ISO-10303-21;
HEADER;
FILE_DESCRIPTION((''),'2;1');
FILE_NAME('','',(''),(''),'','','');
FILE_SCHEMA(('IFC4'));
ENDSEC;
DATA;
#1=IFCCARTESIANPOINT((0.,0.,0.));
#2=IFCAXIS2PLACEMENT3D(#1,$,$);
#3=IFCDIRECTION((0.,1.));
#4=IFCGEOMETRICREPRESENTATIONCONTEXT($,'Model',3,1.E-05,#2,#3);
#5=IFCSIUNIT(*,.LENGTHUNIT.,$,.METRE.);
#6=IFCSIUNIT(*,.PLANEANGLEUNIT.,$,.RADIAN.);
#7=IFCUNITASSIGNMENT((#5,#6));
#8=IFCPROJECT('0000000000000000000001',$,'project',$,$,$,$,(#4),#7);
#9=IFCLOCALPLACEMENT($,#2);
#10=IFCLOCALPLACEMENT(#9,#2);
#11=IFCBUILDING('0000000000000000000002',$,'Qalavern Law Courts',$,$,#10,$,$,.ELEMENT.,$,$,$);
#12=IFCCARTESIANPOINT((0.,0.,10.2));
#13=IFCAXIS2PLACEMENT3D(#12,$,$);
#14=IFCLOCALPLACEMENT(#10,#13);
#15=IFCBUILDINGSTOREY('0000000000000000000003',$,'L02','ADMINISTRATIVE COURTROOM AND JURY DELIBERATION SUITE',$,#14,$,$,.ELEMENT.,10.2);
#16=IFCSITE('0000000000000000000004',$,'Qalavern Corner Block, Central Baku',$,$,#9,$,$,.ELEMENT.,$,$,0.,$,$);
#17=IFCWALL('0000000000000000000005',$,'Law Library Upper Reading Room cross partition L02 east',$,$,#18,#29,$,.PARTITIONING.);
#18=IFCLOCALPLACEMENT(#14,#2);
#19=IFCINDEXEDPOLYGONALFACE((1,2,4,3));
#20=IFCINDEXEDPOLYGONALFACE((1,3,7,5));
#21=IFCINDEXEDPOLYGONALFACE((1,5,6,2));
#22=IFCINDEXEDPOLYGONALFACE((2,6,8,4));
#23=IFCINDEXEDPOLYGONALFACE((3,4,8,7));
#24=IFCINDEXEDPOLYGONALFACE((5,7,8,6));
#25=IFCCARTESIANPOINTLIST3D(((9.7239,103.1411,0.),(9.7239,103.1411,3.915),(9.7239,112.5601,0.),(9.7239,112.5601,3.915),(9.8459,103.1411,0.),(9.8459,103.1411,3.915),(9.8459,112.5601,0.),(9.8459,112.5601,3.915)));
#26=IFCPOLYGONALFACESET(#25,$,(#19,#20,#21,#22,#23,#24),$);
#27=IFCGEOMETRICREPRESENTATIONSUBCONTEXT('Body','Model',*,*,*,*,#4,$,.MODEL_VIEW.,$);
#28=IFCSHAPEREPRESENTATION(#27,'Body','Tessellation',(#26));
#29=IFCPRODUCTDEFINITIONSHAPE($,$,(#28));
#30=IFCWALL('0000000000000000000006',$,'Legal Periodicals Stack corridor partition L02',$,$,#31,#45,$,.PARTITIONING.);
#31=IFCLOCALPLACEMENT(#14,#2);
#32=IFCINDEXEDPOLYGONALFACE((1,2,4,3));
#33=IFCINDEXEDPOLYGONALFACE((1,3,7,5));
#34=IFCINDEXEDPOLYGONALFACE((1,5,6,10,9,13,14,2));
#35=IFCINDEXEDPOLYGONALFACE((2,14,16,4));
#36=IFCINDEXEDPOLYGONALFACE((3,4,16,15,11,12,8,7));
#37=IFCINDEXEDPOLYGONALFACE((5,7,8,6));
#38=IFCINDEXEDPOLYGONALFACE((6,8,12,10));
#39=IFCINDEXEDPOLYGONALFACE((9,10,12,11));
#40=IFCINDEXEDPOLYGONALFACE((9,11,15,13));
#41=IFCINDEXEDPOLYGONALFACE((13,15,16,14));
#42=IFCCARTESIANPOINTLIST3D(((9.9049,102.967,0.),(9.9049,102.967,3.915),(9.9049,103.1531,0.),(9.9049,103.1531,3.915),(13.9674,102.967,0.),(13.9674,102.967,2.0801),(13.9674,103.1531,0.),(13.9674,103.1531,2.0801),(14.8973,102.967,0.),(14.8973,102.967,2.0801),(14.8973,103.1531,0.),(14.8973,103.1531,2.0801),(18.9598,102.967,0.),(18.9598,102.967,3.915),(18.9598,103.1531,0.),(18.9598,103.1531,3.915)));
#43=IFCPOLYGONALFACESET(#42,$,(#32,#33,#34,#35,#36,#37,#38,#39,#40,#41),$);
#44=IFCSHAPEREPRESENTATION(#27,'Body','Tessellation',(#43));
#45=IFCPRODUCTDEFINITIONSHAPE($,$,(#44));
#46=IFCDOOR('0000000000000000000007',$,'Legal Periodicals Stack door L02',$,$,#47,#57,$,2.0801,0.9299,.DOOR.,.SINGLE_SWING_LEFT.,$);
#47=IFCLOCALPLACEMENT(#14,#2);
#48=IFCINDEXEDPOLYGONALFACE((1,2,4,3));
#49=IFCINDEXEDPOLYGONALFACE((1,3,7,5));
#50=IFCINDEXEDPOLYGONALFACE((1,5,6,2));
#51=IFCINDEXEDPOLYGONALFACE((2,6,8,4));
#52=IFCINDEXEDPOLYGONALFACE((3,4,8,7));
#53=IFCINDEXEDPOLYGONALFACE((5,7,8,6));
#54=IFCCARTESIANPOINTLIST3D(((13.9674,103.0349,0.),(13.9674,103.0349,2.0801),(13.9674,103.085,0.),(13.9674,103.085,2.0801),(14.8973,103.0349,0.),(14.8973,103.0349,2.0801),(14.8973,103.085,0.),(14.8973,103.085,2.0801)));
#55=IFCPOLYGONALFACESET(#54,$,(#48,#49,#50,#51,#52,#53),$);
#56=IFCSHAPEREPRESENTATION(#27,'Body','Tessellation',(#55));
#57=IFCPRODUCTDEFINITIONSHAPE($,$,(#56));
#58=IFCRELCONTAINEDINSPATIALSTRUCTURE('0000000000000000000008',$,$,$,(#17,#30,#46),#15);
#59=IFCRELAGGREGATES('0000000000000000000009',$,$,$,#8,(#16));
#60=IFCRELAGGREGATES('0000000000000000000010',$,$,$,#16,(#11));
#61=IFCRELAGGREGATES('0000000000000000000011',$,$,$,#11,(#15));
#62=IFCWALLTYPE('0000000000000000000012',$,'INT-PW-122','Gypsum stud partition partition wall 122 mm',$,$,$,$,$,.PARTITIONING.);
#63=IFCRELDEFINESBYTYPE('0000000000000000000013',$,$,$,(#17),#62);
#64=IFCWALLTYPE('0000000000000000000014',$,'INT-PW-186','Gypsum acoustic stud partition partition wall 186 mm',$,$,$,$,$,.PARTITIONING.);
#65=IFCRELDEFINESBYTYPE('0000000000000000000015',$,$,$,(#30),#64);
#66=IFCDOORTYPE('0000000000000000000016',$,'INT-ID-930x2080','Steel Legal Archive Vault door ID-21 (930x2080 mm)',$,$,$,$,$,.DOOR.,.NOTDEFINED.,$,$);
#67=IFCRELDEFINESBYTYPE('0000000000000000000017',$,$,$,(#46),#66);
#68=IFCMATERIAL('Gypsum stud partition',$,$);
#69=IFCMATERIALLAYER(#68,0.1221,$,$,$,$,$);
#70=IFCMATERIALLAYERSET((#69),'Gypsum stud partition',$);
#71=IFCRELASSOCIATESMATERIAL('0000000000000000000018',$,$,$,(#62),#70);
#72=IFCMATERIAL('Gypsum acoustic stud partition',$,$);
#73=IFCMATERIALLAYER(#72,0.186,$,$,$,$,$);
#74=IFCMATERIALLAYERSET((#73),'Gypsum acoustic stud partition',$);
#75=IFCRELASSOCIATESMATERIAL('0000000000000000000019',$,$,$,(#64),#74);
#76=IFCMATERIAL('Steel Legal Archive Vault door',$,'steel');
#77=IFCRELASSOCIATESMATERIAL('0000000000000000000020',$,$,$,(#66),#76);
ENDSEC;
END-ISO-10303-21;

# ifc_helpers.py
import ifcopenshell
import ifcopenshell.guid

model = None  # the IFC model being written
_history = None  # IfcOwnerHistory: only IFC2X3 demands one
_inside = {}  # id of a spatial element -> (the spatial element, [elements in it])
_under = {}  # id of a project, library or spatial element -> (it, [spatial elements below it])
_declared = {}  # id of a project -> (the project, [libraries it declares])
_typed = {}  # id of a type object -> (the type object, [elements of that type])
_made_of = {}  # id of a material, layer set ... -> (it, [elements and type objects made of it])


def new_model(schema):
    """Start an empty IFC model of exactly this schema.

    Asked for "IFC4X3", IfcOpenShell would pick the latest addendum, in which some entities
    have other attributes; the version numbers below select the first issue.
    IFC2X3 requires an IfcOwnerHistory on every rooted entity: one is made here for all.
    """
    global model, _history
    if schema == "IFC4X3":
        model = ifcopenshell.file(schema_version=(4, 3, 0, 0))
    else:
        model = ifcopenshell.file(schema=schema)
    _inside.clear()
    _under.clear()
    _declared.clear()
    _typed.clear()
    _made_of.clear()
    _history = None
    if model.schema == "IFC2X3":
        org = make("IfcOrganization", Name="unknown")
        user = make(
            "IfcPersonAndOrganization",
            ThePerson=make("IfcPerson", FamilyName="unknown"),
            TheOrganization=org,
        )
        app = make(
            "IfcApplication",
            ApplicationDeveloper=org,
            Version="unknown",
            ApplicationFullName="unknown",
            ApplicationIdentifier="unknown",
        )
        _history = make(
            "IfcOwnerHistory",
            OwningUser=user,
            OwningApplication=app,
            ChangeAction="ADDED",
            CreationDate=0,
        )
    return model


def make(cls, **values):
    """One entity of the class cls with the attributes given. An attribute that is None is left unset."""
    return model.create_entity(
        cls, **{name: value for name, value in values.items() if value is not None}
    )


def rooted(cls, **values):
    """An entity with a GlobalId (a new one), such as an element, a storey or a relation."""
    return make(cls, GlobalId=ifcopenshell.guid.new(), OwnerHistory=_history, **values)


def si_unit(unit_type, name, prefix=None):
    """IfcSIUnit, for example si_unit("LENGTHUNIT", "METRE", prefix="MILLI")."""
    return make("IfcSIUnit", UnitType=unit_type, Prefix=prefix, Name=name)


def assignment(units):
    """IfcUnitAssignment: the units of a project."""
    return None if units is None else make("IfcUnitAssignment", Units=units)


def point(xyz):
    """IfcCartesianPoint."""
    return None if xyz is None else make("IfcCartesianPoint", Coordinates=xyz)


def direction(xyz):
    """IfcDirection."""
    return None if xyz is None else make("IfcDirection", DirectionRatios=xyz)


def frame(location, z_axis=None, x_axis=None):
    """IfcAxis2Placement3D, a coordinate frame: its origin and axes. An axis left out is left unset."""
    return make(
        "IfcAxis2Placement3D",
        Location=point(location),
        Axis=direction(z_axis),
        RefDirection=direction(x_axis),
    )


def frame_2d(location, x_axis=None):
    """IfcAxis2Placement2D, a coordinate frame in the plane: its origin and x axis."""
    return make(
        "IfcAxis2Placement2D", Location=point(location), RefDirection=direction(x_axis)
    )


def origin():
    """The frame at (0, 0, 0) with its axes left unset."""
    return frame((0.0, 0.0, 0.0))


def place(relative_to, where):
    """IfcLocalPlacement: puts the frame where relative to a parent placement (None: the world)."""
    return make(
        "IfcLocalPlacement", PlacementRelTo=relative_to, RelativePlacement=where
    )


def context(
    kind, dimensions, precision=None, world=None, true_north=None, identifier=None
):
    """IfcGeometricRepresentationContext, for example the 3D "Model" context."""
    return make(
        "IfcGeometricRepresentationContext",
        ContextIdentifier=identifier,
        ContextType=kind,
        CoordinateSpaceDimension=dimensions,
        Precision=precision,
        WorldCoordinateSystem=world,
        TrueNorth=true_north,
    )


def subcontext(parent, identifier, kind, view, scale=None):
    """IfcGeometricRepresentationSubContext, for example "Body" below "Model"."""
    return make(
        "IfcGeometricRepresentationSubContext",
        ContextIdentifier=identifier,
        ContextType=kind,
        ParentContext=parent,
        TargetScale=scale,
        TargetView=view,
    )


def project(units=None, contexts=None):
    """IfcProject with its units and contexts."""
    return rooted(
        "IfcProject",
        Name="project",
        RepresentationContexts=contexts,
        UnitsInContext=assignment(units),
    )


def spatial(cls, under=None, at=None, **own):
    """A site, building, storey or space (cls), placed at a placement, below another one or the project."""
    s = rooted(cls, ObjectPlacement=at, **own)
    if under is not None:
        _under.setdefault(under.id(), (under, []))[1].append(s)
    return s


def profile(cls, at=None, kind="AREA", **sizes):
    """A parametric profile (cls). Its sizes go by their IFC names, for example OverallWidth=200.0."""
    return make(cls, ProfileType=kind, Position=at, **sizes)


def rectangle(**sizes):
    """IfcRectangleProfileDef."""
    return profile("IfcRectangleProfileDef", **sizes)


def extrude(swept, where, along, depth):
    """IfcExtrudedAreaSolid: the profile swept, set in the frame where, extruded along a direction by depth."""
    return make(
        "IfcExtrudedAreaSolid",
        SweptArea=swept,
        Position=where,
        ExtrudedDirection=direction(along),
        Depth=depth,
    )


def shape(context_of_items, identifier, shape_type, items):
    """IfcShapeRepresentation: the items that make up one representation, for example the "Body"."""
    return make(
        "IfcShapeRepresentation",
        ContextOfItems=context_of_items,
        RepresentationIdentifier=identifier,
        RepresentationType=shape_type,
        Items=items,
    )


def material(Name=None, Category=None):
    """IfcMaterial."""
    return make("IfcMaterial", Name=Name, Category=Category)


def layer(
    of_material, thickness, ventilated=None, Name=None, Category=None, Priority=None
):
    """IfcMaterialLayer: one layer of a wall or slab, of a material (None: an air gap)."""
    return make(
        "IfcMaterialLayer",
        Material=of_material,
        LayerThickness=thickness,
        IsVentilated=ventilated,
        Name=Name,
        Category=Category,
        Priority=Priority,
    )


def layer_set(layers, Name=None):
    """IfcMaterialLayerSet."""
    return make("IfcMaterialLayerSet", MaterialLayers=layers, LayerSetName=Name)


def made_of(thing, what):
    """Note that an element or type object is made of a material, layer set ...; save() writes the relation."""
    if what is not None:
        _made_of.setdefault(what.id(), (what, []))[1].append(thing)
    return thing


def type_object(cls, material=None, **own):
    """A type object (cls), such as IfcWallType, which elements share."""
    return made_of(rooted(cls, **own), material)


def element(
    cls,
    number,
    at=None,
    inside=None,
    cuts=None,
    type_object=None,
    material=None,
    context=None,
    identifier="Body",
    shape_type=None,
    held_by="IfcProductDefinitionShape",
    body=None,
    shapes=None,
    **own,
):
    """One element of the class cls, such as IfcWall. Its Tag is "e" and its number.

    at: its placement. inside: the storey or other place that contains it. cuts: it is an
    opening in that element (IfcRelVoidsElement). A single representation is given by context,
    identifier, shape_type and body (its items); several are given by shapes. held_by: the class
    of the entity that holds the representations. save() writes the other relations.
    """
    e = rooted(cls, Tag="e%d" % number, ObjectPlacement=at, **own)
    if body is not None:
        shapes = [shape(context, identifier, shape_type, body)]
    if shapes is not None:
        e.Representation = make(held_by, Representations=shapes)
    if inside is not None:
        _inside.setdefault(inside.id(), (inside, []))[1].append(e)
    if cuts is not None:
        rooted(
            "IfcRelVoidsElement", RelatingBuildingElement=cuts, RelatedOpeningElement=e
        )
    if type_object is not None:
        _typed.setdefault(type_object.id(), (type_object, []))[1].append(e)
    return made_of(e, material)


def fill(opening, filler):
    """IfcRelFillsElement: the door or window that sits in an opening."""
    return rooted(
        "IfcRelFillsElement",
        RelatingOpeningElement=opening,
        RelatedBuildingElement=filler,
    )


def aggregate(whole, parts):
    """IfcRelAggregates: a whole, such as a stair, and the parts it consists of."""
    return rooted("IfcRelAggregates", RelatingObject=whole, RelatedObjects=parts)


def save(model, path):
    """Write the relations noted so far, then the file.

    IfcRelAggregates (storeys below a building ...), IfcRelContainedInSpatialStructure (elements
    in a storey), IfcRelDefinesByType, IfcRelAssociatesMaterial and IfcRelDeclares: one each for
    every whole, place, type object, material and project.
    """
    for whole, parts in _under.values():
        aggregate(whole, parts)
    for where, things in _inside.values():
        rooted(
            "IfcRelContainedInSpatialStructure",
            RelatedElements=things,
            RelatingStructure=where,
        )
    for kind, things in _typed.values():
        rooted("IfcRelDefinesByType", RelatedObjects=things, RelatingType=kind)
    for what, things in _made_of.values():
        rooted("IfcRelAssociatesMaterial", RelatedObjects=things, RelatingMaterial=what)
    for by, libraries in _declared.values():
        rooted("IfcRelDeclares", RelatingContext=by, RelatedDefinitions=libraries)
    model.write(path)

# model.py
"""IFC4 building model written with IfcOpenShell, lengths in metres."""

from ifc_helpers import new_model, si_unit, direction, frame, frame_2d, origin, place, context, subcontext, project, spatial, rectangle, extrude, material, layer, layer_set, type_object, element, fill, save


model = new_model("IFC4")

# Units and contexts
model_context = context("Model", 3, precision=1e-05, world=origin(), true_north=direction((0.0, 1.0)))
body_context = subcontext(model_context, "Body", "Model", "MODEL_VIEW")
ifc_project = project(units=[si_unit("LENGTHUNIT", "METRE"), si_unit("PLANEANGLEUNIT", "RADIAN")], contexts=[model_context])

# Site, building, storey
site_placement = place(None, origin())
site = spatial("IfcSite", under=ifc_project, at=site_placement, Name="Qalavern Corner Block, Central Baku", CompositionType="ELEMENT", RefElevation=0.0)
building_placement = place(site_placement, origin())
building = spatial("IfcBuilding", under=site, at=building_placement, Name="Qalavern Law Courts", CompositionType="ELEMENT")
storey_placement = place(building_placement, frame((0.0, 0.0, 10.2)))
storey = spatial("IfcBuildingStorey", under=building, at=storey_placement, Name="L02", Description="ADMINISTRATIVE COURTROOM AND JURY DELIBERATION SUITE", CompositionType="ELEMENT", Elevation=10.2)

# Wall
ifc_material_1 = material(Name="Gypsum stud partition")
ifc_layer_1 = layer(ifc_material_1, 0.1221)
ifc_layer_set_1 = layer_set([ifc_layer_1], Name="Gypsum stud partition")
wall_type_1 = type_object("IfcWallType", Name="INT-PW-122", Description="Gypsum stud partition partition wall 122 mm", PredefinedType="PARTITIONING", material=ifc_layer_set_1)
wall_1_placement = place(storey_placement, frame((9.7849, 103.1411, 0.0), z_axis=(0.0, 0.0, 1.0), x_axis=(0.0, 1.0, 0.0)))
element("IfcWall", 1, at=wall_1_placement, inside=storey, type_object=wall_type_1, Name="Law Library Upper Reading Room cross partition L02 east", PredefinedType="PARTITIONING", context=body_context, shape_type="SweptSolid", body=[
    extrude(rectangle(XDim=9.4189, YDim=0.1221, at=frame_2d((4.7095, 0.0))), origin(), (0.0, 0.0, 1.0), 3.915),
])

# Wall, opening, door
ifc_material_2 = material(Name="Gypsum acoustic stud partition")
ifc_layer_2 = layer(ifc_material_2, 0.186)
ifc_layer_set_2 = layer_set([ifc_layer_2], Name="Gypsum acoustic stud partition")
wall_type_2 = type_object("IfcWallType", Name="INT-PW-186", Description="Gypsum acoustic stud partition partition wall 186 mm", PredefinedType="PARTITIONING", material=ifc_layer_set_2)
wall_2_placement = place(storey_placement, frame((9.905, 103.0601, 0.0), z_axis=(0.0, 0.0, 1.0), x_axis=(1.0, 0.0, 0.0)))
wall_2 = element("IfcWall", 2, at=wall_2_placement, inside=storey, type_object=wall_type_2, Name="Legal Periodicals Stack corridor partition L02", PredefinedType="PARTITIONING", context=body_context, shape_type="SweptSolid", body=[
    extrude(rectangle(XDim=9.0549, YDim=0.186, at=frame_2d((4.5273, 0.0))), origin(), (0.0, 0.0, 1.0), 3.915),
])
opening_placement = place(wall_2_placement, frame((4.0625, 0.0, 0.0)))
opening = element("IfcOpeningElement", 3, at=opening_placement, cuts=wall_2, PredefinedType="OPENING", context=body_context, shape_type="SweptSolid", body=[
    extrude(rectangle(XDim=0.9299, YDim=2.0801, at=frame_2d((0.4648, 1.04))), frame((0.0, 0.1079, 0.0), z_axis=(0.0, -1.0, 0.0), x_axis=(1.0, 0.0, 0.0)), (0.0, 0.0, 1.0), 0.2158),
])
ifc_material_3 = material(Name="Steel Legal Archive Vault door", Category="steel")
door_type = type_object("IfcDoorType", Name="INT-ID-930x2080", Description="Steel Legal Archive Vault door ID-21 (930x2080 mm)", OperationType="NOTDEFINED", PredefinedType="DOOR", material=ifc_material_3)
door_placement = place(opening_placement, origin())
door = element("IfcDoor", 4, at=door_placement, inside=storey, type_object=door_type, Name="Legal Periodicals Stack door L02", OperationType="SINGLE_SWING_LEFT", OverallHeight=2.0801, OverallWidth=0.9299, PredefinedType="DOOR", context=body_context, shape_type="SweptSolid", body=[
    extrude(rectangle(XDim=0.9299, YDim=2.0801, at=frame_2d((0.4648, 1.04))), frame((0.0, 0.0249, 0.0), z_axis=(0.0, -1.0, 0.0), x_axis=(1.0, 0.0, 0.0)), (0.0, 0.0, 1.0), 0.05),
])
fill(opening, door)

save(model, "model.ifc")
